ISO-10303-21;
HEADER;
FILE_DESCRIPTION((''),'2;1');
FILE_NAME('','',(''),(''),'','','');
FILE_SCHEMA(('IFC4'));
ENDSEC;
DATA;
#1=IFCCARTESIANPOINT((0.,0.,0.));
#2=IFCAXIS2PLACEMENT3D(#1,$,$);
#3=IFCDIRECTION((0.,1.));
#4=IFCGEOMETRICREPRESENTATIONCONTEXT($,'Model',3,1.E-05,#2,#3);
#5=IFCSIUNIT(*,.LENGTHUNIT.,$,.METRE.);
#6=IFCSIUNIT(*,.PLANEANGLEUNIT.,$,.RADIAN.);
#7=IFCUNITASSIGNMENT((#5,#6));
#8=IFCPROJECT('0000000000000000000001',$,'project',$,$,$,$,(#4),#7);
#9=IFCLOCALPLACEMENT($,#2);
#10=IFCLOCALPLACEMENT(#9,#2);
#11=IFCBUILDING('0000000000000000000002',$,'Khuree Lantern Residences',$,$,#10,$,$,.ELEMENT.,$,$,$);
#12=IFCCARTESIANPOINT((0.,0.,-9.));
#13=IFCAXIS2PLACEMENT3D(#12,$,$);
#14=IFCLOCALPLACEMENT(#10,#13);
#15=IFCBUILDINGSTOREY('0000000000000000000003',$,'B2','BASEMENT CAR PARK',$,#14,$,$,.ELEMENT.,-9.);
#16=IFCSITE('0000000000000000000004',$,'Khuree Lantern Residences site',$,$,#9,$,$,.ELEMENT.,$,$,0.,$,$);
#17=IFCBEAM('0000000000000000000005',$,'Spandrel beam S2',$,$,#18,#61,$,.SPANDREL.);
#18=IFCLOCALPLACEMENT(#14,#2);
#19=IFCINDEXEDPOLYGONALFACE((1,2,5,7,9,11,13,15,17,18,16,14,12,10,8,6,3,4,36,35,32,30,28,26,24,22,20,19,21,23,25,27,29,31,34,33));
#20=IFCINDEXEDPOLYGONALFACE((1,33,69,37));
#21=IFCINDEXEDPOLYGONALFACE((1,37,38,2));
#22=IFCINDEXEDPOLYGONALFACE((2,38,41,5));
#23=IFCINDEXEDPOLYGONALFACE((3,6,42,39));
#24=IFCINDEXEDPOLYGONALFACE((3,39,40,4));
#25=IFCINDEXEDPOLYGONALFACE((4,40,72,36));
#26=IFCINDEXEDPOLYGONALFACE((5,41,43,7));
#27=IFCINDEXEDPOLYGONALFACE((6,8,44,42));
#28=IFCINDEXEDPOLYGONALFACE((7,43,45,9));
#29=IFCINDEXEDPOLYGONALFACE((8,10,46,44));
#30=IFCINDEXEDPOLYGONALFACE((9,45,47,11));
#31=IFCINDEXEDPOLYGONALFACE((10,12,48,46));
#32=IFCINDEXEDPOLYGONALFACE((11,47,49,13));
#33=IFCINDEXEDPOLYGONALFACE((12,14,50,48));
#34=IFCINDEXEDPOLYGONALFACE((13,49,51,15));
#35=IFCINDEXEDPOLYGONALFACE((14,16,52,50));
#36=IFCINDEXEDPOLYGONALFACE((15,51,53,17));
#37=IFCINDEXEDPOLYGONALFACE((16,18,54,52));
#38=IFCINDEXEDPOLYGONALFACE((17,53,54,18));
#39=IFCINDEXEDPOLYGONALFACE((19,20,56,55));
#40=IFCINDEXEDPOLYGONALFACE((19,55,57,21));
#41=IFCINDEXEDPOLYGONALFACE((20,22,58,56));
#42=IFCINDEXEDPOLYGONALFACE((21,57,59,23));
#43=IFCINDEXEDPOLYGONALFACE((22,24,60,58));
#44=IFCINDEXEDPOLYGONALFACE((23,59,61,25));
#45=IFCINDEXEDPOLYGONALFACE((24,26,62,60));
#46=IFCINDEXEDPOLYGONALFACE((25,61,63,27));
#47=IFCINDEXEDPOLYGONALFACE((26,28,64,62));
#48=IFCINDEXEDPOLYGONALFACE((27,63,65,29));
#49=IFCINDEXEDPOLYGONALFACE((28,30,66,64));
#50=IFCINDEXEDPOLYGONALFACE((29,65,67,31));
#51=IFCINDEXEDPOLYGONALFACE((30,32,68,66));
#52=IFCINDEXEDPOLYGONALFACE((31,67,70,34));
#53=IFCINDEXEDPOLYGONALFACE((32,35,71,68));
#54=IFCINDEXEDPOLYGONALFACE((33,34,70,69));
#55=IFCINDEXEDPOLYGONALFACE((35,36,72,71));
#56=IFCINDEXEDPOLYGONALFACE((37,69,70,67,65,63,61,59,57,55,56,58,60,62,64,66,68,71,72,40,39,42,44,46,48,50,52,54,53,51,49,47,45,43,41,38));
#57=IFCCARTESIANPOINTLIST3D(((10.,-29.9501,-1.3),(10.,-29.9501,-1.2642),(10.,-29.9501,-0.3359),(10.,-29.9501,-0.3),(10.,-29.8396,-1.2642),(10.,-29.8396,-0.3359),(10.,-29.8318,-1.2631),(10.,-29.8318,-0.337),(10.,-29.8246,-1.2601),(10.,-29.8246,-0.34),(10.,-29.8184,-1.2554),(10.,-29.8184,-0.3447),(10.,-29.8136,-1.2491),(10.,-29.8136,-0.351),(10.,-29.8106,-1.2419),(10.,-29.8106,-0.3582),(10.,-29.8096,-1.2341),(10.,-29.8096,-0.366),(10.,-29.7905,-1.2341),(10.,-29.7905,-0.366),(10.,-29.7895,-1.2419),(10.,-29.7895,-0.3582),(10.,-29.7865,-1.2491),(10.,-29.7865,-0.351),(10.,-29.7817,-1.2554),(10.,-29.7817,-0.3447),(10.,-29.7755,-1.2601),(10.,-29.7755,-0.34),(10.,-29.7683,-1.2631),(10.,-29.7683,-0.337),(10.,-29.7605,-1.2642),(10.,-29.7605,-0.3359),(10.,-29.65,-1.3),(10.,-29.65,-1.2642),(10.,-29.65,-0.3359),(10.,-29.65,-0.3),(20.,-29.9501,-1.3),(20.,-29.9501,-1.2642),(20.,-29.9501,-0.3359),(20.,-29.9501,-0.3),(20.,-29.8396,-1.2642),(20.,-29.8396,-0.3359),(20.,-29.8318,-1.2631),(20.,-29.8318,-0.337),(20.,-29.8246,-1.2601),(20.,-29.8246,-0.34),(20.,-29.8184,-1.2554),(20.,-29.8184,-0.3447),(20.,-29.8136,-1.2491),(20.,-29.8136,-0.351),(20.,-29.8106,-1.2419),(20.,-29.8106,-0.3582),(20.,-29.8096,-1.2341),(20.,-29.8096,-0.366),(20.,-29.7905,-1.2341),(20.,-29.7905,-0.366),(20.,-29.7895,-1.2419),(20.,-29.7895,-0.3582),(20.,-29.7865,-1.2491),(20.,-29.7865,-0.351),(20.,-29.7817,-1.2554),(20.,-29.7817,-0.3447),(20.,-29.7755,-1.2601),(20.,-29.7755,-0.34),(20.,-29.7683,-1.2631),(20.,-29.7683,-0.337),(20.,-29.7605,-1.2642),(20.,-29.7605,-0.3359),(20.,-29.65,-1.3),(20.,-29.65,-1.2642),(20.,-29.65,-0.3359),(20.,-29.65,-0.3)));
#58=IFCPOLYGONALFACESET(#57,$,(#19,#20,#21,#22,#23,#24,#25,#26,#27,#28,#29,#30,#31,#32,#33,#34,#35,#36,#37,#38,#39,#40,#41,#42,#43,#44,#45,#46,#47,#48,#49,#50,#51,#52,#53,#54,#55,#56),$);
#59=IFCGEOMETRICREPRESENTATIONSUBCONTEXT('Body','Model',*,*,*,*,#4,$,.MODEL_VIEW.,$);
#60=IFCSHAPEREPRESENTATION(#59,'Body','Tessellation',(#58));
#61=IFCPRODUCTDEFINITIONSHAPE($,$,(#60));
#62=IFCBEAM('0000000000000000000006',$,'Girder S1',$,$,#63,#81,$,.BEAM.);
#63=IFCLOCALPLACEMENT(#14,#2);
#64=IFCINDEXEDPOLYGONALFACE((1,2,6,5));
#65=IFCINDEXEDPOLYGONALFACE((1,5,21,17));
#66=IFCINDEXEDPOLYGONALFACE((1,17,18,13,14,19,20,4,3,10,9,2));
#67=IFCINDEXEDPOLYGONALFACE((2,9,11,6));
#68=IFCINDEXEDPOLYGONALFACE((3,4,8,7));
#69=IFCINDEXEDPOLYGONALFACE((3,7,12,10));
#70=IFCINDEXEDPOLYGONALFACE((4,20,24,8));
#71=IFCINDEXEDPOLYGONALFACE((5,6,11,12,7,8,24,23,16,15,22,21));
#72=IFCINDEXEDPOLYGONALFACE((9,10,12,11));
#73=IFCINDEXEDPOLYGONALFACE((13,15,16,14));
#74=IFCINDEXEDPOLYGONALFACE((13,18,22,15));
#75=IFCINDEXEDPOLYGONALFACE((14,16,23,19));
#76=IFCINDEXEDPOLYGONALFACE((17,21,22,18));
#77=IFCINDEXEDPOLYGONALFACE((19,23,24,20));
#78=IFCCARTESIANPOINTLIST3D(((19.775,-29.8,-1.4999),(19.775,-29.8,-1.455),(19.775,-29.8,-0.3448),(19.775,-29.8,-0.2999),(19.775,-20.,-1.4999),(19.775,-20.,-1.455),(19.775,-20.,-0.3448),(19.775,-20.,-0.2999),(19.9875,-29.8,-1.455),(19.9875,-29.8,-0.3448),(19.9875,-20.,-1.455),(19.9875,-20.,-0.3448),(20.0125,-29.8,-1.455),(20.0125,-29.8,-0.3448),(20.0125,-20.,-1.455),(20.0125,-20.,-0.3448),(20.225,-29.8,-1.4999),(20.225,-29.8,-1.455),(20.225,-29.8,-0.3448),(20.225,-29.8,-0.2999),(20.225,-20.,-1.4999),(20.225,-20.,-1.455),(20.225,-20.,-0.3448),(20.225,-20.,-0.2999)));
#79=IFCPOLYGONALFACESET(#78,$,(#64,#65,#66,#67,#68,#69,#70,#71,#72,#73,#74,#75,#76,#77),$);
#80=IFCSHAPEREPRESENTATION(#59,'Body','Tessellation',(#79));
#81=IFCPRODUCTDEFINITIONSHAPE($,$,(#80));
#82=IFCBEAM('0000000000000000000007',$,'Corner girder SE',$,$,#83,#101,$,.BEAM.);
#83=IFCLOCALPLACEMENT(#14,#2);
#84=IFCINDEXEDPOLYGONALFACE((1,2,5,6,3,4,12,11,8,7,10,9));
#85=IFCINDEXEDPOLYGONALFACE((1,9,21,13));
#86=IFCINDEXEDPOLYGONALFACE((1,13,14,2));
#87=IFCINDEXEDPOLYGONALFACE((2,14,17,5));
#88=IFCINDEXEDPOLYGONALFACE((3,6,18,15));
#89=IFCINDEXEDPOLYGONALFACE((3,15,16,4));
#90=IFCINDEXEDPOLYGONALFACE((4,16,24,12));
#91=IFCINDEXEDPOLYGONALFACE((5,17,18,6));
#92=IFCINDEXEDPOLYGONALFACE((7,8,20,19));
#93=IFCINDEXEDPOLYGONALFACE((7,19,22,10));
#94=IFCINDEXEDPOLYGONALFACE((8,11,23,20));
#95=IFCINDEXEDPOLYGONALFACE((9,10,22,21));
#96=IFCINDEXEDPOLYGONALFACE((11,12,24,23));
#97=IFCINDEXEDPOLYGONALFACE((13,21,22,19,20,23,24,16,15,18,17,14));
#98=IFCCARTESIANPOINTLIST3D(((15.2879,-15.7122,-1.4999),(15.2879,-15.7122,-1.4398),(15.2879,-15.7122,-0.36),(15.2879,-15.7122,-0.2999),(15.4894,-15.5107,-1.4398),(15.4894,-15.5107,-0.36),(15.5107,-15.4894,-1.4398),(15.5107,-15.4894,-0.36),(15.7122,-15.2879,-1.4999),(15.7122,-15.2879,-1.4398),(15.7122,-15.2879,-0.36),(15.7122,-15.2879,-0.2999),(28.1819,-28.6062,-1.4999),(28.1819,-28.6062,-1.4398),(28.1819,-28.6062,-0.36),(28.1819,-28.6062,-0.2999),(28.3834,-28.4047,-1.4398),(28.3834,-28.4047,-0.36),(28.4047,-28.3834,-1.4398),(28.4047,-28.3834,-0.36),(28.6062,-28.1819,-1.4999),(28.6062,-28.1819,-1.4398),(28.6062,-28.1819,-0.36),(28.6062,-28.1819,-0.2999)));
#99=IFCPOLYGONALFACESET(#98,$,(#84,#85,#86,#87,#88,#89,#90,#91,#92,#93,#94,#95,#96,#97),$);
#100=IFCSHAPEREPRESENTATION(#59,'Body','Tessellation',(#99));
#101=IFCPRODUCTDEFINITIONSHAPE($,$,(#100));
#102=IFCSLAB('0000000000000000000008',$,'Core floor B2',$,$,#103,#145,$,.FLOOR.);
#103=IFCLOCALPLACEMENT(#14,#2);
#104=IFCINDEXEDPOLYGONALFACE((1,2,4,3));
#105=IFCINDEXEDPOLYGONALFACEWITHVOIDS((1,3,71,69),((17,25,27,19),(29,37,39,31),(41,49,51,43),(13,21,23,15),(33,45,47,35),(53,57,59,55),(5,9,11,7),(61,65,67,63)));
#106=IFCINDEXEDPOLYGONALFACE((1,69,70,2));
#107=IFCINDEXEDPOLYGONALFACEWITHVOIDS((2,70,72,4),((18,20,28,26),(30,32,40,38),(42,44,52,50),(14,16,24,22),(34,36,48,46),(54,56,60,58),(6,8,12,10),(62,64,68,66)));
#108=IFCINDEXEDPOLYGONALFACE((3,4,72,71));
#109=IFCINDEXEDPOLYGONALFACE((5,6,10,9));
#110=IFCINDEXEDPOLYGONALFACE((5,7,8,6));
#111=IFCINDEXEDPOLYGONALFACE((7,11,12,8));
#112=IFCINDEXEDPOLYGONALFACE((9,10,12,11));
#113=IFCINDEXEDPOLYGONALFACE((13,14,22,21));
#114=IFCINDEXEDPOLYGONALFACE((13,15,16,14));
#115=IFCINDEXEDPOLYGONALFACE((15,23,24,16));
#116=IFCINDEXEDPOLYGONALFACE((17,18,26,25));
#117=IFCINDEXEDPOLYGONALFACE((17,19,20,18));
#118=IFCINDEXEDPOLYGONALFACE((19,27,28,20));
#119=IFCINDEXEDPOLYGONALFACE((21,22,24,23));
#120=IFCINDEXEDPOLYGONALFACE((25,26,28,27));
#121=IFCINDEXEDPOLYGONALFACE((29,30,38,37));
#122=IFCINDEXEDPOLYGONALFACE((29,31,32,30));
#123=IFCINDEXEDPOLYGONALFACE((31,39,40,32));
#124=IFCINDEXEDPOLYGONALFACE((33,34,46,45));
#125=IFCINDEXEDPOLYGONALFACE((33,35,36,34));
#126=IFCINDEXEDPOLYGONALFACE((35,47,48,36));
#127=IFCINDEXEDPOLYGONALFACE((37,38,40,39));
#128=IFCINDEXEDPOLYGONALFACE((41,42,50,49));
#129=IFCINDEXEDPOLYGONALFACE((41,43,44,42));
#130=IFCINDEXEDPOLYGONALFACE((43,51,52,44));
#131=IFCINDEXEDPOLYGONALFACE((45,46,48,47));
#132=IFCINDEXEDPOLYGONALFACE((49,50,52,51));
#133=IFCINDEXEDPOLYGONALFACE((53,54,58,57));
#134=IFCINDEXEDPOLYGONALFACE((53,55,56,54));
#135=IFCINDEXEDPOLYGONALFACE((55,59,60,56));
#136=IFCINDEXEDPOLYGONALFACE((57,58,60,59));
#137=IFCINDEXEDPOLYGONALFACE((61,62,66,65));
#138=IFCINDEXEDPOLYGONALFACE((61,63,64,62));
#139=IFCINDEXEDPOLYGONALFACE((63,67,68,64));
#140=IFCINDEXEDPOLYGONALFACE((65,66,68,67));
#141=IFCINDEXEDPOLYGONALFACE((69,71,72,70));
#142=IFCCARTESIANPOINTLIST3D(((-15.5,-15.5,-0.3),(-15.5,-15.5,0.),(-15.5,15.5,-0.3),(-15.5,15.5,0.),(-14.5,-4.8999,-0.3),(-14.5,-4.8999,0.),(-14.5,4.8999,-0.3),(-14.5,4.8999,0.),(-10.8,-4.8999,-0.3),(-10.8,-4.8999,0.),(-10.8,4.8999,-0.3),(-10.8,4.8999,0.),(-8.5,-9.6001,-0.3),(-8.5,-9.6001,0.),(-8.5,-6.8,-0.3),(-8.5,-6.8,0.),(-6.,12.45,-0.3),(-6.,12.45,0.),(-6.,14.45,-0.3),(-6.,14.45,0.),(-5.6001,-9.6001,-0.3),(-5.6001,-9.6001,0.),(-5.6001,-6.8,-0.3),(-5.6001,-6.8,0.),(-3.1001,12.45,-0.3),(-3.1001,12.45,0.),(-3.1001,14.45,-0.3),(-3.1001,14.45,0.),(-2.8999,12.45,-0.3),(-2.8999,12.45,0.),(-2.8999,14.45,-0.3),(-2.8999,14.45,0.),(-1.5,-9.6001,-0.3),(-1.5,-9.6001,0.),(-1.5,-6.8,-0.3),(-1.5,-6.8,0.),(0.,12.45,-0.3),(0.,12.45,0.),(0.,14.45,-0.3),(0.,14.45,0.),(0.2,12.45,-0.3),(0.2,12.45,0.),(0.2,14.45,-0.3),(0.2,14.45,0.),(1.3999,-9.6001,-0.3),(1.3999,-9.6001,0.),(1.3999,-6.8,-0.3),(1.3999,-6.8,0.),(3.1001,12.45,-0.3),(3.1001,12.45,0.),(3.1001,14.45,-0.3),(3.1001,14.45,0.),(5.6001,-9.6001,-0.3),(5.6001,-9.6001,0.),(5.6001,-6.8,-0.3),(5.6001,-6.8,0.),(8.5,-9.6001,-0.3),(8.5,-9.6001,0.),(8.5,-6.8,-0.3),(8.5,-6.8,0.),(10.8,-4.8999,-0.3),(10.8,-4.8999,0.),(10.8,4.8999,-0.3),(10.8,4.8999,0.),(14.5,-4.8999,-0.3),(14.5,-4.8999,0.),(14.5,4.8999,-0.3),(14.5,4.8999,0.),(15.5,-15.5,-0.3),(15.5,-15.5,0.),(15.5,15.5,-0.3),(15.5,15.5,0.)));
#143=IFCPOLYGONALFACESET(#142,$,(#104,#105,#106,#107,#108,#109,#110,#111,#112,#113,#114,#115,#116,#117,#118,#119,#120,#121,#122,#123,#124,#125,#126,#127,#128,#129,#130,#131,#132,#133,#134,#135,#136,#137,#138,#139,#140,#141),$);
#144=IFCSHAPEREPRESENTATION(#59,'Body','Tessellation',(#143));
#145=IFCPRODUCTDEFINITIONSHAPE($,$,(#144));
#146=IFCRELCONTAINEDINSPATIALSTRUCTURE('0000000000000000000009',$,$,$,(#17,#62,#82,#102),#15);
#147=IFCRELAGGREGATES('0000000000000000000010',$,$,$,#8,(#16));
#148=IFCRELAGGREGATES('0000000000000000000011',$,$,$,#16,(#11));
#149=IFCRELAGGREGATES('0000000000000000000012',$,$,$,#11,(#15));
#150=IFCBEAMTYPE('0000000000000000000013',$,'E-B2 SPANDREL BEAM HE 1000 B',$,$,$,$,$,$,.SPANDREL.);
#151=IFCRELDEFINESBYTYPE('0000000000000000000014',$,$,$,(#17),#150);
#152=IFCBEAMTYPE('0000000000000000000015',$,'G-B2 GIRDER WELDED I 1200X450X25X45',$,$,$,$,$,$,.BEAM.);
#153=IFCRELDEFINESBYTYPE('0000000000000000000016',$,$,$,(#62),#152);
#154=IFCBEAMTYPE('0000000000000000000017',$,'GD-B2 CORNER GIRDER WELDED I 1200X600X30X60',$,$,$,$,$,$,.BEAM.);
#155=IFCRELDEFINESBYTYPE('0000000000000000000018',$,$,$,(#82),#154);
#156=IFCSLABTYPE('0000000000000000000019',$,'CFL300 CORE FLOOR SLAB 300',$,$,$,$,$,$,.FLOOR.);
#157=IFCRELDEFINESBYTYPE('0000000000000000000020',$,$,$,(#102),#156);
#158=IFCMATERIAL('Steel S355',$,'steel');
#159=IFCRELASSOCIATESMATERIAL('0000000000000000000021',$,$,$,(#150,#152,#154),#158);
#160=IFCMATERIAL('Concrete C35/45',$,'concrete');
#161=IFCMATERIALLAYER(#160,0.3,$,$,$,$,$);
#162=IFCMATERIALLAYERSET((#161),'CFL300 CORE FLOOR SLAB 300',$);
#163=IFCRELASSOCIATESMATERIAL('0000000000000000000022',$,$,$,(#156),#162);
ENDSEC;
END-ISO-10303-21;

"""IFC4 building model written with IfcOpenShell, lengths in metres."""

from ifc_helpers import new_model, si_unit, direction, frame, origin, origin_2d, place, context, subcontext, project, spatial, polyline, i_section, outline, extrude, material, layer, layer_set, material_profile, profile_set, type_object, element, save


model = new_model("IFC4")

# Units and contexts
model_context = context("Model", 3, precision=1e-05, world=origin(), true_north=direction((0.0, 1.0)))
body_context = subcontext(model_context, "Body", "Model", "MODEL_VIEW")
ifc_project = project(units=[si_unit("LENGTHUNIT", "METRE"), si_unit("PLANEANGLEUNIT", "RADIAN")], contexts=[model_context])

# Site, building, storey
site_placement = place(None, origin())
site = spatial("IfcSite", under=ifc_project, at=site_placement, Name="Khuree Lantern Residences site", CompositionType="ELEMENT", RefElevation=0.0)
building_placement = place(site_placement, origin())
building = spatial("IfcBuilding", under=site, at=building_placement, Name="Khuree Lantern Residences", CompositionType="ELEMENT")
storey_placement = place(building_placement, frame((0.0, 0.0, -9.0)))
storey = spatial("IfcBuildingStorey", under=building, at=storey_placement, Name="B2", Description="BASEMENT CAR PARK", CompositionType="ELEMENT", Elevation=-9.0)

# Beams
ifc_material_1 = material(Name="Steel S355", Category="steel")
ifc_material_profile_1 = material_profile(ifc_material_1, i_section(OverallWidth=0.3, OverallDepth=1.0, WebThickness=0.019, FlangeThickness=0.0359, FilletRadius=0.03, at=origin_2d()), Name="HE 1000 B")
ifc_profile_set_1 = profile_set([ifc_material_profile_1], Name="Steel S355")
beam_type_1 = type_object("IfcBeamType", Name="E-B2 SPANDREL BEAM HE 1000 B", PredefinedType="SPANDREL", material=ifc_profile_set_1)
beam_1_placement = place(storey_placement, frame((20.0, -29.8, -0.8), z_axis=(-1.0, 0.0, 0.0), x_axis=(0.0, -1.0, 0.0)))
element("IfcBeam", 1, at=beam_1_placement, inside=storey, type_object=beam_type_1, Name="Spandrel beam S2", PredefinedType="SPANDREL", context=body_context, shape_type="SweptSolid", body=[
    extrude(i_section(OverallWidth=0.3, OverallDepth=1.0, WebThickness=0.019, FlangeThickness=0.0359, FilletRadius=0.03, at=origin_2d()), origin(), (0.0, 0.0, 1.0), 10.0),
])
ifc_material_profile_2 = material_profile(ifc_material_1, i_section(OverallWidth=0.45, OverallDepth=1.2, WebThickness=0.0249, FlangeThickness=0.0449, at=origin_2d()), Name="WELDED I 1200X450X25X45")
ifc_profile_set_2 = profile_set([ifc_material_profile_2], Name="Steel S355")
beam_type_2 = type_object("IfcBeamType", Name="G-B2 GIRDER WELDED I 1200X450X25X45", PredefinedType="BEAM", material=ifc_profile_set_2)
beam_2_placement = place(storey_placement, frame((20.0, -29.8, -0.8999), z_axis=(0.0, 1.0, 0.0), x_axis=(-1.0, 0.0, 0.0)))
element("IfcBeam", 2, at=beam_2_placement, inside=storey, type_object=beam_type_2, Name="Girder S1", PredefinedType="BEAM", context=body_context, shape_type="SweptSolid", body=[
    extrude(i_section(OverallWidth=0.45, OverallDepth=1.2, WebThickness=0.0249, FlangeThickness=0.0449, at=origin_2d()), origin(), (0.0, 0.0, 1.0), 9.8),
])
ifc_material_profile_3 = material_profile(ifc_material_1, i_section(OverallWidth=0.6001, OverallDepth=1.2, WebThickness=0.03, FlangeThickness=0.0601, at=origin_2d()), Name="WELDED I 1200X600X30X60")
ifc_profile_set_3 = profile_set([ifc_material_profile_3], Name="Steel S355")
beam_type_3 = type_object("IfcBeamType", Name="GD-B2 CORNER GIRDER WELDED I 1200X600X30X60", PredefinedType="BEAM", material=ifc_profile_set_3)
beam_3_placement = place(storey_placement, frame((28.394, -28.394, -0.8999), z_axis=(-0.707107, 0.707107, 0.0), x_axis=(-0.707107, -0.707107, 0.0)))
element("IfcBeam", 3, at=beam_3_placement, inside=storey, type_object=beam_type_3, Name="Corner girder SE", PredefinedType="BEAM", context=body_context, shape_type="SweptSolid", body=[
    extrude(i_section(OverallWidth=0.6001, OverallDepth=1.2, WebThickness=0.03, FlangeThickness=0.0601, at=origin_2d()), origin(), (0.0, 0.0, 1.0), 18.2349),
])

# Slab
ifc_material_2 = material(Name="Concrete C35/45", Category="concrete")
ifc_layer_1 = layer(ifc_material_2, 0.3)
ifc_layer_set_1 = layer_set([ifc_layer_1], Name="CFL300 CORE FLOOR SLAB 300")
slab_type_1 = type_object("IfcSlabType", Name="CFL300 CORE FLOOR SLAB 300", PredefinedType="FLOOR", material=ifc_layer_set_1)
slab_1_placement = place(storey_placement, frame((0.0, 0.0, -0.3)))
element("IfcSlab", 4, at=slab_1_placement, inside=storey, type_object=slab_type_1, Name="Core floor B2", PredefinedType="FLOOR", context=body_context, shape_type="SweptSolid", body=[
    extrude(outline(polyline([(-15.5, -15.5), (-15.5, 15.5), (15.5, 15.5), (15.5, -15.5), (-15.5, -15.5)]), holes=[polyline([(14.5, 4.8999), (10.8, 4.8999), (10.8, -4.8999), (14.5, -4.8999), (14.5, 4.8999)]), polyline([(8.5, -6.8), (5.6001, -6.8), (5.6001, -9.6001), (8.5, -9.6001), (8.5, -6.8)]), polyline([(3.1001, 14.45), (0.2, 14.45), (0.2, 12.45), (3.1001, 12.45), (3.1001, 14.45)]), polyline([(1.3999, -6.8), (-1.5, -6.8), (-1.5, -9.6001), (1.3999, -9.6001), (1.3999, -6.8)]), polyline([(0.0, 14.45), (-2.8999, 14.45), (-2.8999, 12.45), (0.0, 12.45), (0.0, 14.45)]), polyline([(-3.1001, 14.45), (-6.0, 14.45), (-6.0, 12.45), (-3.1001, 12.45), (-3.1001, 14.45)]), polyline([(-5.6001, -6.8), (-8.5, -6.8), (-8.5, -9.6001), (-5.6001, -9.6001), (-5.6001, -6.8)]), polyline([(-14.5, 4.8999), (-14.5, -4.8999), (-10.8, -4.8999), (-10.8, 4.8999), (-14.5, 4.8999)])]), origin(), (0.0, 0.0, 1.0), 0.3),
])

save(model, "model.ifc")
